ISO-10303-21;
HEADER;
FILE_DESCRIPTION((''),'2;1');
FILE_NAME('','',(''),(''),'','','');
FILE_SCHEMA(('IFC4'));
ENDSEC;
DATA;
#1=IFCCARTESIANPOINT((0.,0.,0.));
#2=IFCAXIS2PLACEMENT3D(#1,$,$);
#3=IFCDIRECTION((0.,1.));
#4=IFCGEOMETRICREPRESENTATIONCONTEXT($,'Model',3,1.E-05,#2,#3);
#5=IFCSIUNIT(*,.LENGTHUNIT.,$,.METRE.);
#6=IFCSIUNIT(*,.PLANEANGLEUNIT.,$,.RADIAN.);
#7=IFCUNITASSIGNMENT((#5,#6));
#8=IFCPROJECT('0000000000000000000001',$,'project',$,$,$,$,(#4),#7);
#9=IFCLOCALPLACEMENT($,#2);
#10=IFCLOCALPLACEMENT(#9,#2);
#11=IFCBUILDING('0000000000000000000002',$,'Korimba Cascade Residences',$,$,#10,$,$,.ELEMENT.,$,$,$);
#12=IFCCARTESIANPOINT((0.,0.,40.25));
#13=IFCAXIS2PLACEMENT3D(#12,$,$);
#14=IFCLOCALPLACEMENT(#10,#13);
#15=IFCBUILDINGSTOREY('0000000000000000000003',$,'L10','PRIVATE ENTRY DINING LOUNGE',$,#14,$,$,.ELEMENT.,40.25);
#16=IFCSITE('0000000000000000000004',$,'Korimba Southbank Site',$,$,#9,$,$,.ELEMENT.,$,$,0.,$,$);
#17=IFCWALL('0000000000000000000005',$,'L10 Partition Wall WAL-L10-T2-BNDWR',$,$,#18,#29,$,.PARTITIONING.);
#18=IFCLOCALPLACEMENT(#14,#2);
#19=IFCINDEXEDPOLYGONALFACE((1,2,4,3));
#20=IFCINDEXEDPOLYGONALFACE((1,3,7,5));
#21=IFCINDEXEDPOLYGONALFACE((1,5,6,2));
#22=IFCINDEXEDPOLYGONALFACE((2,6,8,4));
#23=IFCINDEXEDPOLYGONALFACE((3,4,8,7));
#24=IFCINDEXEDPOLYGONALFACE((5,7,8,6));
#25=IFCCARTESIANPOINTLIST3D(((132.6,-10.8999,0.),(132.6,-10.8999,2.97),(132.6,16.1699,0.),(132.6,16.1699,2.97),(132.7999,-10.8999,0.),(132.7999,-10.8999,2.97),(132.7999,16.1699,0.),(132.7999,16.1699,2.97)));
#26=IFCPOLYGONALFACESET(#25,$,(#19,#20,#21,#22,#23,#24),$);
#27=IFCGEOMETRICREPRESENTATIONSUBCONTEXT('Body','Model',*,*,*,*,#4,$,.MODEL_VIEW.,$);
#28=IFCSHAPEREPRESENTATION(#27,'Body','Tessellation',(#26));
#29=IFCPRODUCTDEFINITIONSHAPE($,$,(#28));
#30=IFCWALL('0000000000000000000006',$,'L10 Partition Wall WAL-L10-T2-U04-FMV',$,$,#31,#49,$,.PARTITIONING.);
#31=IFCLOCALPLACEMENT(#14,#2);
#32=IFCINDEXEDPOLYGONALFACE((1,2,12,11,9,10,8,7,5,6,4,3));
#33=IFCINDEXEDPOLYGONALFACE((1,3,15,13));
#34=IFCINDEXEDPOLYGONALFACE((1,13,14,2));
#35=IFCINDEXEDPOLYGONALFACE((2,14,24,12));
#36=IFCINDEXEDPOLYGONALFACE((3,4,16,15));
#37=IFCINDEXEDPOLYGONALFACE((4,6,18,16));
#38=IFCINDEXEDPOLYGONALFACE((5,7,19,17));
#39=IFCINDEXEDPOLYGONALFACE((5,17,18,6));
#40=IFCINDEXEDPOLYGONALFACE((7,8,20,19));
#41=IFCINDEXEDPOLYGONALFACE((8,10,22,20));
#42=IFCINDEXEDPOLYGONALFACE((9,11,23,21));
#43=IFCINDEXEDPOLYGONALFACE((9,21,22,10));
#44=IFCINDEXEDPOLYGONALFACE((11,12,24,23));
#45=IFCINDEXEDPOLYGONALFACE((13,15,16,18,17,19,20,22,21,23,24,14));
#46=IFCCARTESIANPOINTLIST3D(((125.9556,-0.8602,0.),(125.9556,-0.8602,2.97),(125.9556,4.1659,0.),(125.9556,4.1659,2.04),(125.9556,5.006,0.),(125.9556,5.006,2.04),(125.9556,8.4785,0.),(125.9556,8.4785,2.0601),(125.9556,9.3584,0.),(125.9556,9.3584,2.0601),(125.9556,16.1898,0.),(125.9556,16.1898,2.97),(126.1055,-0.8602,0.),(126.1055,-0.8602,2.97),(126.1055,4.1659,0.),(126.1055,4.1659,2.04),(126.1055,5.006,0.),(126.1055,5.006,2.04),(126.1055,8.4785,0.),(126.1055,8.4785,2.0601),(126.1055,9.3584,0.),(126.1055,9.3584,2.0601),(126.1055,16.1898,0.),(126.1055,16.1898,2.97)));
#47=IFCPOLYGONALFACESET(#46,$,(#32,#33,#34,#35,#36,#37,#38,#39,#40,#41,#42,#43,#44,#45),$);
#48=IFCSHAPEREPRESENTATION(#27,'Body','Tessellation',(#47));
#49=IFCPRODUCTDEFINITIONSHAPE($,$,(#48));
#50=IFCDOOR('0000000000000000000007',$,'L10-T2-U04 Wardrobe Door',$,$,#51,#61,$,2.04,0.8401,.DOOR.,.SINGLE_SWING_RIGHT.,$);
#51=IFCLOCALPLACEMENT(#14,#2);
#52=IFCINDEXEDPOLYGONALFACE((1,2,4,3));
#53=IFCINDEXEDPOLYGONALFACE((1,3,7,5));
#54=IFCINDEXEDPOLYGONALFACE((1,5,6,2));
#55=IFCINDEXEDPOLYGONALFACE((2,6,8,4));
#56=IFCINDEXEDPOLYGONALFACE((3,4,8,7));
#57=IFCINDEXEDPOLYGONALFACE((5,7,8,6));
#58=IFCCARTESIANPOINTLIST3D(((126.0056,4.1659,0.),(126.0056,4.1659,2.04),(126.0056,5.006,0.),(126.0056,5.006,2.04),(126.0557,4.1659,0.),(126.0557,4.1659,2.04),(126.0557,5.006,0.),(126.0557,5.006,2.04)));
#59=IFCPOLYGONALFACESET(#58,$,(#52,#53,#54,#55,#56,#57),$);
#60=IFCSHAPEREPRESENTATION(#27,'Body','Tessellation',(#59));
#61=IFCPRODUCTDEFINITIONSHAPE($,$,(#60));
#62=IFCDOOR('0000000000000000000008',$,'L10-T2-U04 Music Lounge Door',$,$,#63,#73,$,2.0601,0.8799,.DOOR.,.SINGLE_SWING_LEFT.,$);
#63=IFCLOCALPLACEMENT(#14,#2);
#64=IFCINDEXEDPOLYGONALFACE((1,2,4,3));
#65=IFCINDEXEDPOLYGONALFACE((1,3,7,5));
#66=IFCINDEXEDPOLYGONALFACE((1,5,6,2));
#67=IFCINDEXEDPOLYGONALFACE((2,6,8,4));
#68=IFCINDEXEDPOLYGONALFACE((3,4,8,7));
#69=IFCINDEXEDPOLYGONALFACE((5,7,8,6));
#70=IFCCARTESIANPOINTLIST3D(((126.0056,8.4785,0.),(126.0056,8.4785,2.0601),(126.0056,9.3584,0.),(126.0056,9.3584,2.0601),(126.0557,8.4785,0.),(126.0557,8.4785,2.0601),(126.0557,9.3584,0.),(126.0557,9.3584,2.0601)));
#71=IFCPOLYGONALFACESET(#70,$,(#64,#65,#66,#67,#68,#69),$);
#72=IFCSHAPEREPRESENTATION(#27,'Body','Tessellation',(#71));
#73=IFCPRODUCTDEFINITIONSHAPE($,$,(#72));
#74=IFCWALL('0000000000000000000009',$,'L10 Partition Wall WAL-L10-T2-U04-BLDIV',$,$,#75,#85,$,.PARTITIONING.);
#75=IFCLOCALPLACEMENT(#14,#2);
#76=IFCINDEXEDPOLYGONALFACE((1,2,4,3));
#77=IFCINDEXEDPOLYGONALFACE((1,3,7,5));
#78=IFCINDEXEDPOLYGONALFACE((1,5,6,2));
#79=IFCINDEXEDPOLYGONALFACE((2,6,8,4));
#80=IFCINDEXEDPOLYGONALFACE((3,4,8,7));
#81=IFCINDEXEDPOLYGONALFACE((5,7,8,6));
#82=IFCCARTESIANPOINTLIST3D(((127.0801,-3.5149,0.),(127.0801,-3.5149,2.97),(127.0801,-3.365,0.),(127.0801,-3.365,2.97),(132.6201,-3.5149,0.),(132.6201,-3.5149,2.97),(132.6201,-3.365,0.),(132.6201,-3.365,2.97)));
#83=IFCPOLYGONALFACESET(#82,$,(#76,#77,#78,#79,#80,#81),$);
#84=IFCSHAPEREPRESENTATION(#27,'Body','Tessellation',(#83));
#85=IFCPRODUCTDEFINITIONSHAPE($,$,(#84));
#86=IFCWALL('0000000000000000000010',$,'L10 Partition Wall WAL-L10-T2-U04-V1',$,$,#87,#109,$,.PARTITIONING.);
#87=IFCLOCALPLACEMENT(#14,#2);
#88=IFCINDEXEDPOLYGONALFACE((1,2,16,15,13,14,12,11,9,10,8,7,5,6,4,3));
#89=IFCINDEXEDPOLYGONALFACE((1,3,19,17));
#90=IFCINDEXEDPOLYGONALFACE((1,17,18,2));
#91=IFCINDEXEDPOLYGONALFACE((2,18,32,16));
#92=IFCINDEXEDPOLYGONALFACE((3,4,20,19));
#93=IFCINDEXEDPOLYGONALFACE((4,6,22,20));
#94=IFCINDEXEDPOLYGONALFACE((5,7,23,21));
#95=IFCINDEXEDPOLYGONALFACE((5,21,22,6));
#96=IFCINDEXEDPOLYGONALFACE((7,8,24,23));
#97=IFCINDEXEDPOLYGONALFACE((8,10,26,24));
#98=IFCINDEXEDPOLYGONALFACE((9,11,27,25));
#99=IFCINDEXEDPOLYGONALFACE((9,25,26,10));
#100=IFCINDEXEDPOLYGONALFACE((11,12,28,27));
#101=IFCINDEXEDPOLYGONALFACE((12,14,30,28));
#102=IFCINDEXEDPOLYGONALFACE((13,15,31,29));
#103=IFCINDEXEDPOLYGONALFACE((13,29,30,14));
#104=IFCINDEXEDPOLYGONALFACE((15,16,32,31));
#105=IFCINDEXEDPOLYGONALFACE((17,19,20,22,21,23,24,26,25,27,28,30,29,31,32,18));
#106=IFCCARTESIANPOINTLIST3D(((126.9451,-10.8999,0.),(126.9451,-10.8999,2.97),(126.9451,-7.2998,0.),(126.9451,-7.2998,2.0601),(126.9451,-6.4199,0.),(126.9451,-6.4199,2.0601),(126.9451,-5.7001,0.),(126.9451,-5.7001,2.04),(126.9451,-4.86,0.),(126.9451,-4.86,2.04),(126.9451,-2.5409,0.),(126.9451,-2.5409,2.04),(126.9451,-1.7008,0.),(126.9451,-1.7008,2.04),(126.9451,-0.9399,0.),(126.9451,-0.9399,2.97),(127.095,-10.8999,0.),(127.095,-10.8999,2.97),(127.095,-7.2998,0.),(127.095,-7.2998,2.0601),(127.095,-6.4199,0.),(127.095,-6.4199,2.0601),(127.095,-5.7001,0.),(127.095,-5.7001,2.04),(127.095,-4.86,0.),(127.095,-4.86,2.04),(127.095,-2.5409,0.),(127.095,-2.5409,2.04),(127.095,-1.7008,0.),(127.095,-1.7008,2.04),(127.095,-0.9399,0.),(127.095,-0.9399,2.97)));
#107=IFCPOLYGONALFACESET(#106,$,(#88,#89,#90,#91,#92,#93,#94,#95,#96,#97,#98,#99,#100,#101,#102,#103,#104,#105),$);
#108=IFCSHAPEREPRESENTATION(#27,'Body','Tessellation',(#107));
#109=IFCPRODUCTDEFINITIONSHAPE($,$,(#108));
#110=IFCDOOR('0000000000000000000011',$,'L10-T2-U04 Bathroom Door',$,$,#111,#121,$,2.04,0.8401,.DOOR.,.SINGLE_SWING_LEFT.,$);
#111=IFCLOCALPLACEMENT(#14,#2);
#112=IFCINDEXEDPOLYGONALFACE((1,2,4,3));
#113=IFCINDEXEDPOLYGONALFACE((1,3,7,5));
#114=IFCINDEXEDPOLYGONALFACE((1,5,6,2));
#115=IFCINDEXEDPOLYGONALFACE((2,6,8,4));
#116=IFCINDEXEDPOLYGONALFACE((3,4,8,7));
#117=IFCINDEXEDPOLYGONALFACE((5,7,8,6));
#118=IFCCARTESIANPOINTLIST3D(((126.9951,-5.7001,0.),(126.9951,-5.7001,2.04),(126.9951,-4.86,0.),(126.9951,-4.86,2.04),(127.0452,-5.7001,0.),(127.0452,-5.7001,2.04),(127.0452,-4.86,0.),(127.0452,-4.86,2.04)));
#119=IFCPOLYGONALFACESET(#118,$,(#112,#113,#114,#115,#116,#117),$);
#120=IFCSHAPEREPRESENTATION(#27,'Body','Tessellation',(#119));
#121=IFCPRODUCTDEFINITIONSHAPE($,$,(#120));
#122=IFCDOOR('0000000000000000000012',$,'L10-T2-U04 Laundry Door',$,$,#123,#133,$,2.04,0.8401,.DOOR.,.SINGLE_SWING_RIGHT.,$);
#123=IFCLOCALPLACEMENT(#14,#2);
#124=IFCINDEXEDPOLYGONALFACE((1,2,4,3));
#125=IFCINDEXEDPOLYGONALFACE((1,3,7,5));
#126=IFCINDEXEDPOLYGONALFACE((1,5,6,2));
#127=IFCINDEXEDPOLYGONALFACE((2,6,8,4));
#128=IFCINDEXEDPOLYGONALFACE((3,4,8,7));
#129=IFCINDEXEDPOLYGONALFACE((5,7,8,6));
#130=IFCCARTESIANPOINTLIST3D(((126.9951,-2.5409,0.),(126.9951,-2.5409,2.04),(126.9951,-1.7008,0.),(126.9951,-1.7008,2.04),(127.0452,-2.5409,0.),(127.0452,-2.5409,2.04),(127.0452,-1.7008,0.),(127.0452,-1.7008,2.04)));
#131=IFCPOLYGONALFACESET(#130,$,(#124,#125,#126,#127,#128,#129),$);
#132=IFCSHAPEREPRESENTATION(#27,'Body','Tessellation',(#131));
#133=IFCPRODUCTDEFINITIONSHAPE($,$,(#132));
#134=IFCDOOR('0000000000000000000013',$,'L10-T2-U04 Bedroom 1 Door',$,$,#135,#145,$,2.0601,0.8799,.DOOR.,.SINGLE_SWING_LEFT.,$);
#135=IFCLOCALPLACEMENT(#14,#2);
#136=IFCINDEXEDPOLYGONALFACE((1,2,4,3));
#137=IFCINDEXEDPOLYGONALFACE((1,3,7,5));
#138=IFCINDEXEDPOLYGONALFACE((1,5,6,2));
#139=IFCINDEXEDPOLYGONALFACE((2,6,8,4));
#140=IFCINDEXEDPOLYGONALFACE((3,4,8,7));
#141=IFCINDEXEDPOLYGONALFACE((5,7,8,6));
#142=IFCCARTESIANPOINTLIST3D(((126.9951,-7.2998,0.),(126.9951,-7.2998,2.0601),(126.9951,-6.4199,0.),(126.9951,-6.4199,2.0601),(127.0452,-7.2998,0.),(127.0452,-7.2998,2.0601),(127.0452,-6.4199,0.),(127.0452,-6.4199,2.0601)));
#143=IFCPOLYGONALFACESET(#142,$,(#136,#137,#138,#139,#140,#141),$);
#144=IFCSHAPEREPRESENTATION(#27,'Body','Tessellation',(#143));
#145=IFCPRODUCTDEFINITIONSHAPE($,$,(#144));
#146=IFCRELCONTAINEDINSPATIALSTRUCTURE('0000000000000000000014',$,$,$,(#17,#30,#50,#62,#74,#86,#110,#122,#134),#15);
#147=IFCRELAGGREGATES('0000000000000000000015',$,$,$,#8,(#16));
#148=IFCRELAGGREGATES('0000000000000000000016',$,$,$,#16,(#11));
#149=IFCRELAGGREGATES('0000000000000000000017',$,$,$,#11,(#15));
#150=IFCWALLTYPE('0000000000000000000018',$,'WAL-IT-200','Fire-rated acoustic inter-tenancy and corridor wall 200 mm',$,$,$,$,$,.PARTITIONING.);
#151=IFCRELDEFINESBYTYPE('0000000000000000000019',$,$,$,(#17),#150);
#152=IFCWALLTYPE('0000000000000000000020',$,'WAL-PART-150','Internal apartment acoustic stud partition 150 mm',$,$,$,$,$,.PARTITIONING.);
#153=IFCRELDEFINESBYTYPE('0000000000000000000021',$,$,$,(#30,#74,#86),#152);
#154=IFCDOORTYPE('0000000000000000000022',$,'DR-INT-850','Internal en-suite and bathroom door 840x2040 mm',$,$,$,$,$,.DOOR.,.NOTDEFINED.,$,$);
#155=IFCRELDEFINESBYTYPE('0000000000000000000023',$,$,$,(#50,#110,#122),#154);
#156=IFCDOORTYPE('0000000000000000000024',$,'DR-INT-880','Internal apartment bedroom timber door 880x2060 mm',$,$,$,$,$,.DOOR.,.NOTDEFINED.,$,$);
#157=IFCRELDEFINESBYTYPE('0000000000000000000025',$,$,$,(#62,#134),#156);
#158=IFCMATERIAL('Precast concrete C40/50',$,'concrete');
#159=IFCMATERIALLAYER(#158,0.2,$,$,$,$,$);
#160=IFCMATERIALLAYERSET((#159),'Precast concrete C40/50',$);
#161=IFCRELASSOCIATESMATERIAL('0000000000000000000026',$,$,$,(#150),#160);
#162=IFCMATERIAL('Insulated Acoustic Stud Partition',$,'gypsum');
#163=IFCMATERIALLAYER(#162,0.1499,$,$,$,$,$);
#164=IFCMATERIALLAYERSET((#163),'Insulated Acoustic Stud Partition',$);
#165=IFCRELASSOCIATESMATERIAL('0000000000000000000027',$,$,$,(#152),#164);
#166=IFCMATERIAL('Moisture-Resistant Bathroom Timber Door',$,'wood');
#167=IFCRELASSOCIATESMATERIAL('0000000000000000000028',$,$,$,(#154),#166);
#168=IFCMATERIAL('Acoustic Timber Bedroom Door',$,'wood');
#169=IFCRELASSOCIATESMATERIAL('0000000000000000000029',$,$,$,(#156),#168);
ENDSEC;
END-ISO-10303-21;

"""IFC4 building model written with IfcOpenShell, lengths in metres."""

from ifc_helpers import new_model, si_unit, direction, frame, frame_2d, origin, place, context, subcontext, project, spatial, rectangle, extrude, material, layer, layer_set, type_object, element, fill, save


model = new_model("IFC4")

# Units and contexts
model_context = context("Model", 3, precision=1e-05, world=origin(), true_north=direction((0.0, 1.0)))
body_context = subcontext(model_context, "Body", "Model", "MODEL_VIEW")
ifc_project = project(units=[si_unit("LENGTHUNIT", "METRE"), si_unit("PLANEANGLEUNIT", "RADIAN")], contexts=[model_context])

# Site, building, storey
site_placement = place(None, origin())
site = spatial("IfcSite", under=ifc_project, at=site_placement, Name="Korimba Southbank Site", CompositionType="ELEMENT", RefElevation=0.0)
building_placement = place(site_placement, origin())
building = spatial("IfcBuilding", under=site, at=building_placement, Name="Korimba Cascade Residences", CompositionType="ELEMENT")
storey_placement = place(building_placement, frame((0.0, 0.0, 40.25)))
storey = spatial("IfcBuildingStorey", under=building, at=storey_placement, Name="L10", Description="PRIVATE ENTRY DINING LOUNGE", CompositionType="ELEMENT", Elevation=40.25)

# Shared definitions
ifc_material_1 = material(Name="Precast concrete C40/50", Category="concrete")

# Wall
ifc_layer_1 = layer(ifc_material_1, 0.2)
ifc_layer_set_1 = layer_set([ifc_layer_1], Name="Precast concrete C40/50")
wall_type_1 = type_object("IfcWallType", Name="WAL-IT-200", Description="Fire-rated acoustic inter-tenancy and corridor wall 200 mm", PredefinedType="PARTITIONING", material=ifc_layer_set_1)
wall_1_placement = place(storey_placement, frame((132.7, -10.8999, 0.0), z_axis=(0.0, 0.0, 1.0), x_axis=(0.0, 1.0, 0.0)))
element("IfcWall", 1, at=wall_1_placement, inside=storey, type_object=wall_type_1, Name="L10 Partition Wall WAL-L10-T2-BNDWR", PredefinedType="PARTITIONING", context=body_context, shape_type="SweptSolid", body=[
    extrude(rectangle(XDim=27.0698, YDim=0.2, at=frame_2d((13.5349, 0.0))), origin(), (0.0, 0.0, 1.0), 2.97),
])

# Wall, openings, doors
ifc_material_2 = material(Name="Insulated Acoustic Stud Partition", Category="gypsum")
ifc_layer_2 = layer(ifc_material_2, 0.1499)
ifc_layer_set_2 = layer_set([ifc_layer_2], Name="Insulated Acoustic Stud Partition")
wall_type_2 = type_object("IfcWallType", Name="WAL-PART-150", Description="Internal apartment acoustic stud partition 150 mm", PredefinedType="PARTITIONING", material=ifc_layer_set_2)
wall_2_placement = place(storey_placement, frame((126.0305, -0.8601, 0.0), z_axis=(0.0, 0.0, 1.0), x_axis=(0.0, 1.0, 0.0)))
wall_2 = element("IfcWall", 2, at=wall_2_placement, inside=storey, type_object=wall_type_2, Name="L10 Partition Wall WAL-L10-T2-U04-FMV", PredefinedType="PARTITIONING", context=body_context, shape_type="SweptSolid", body=[
    extrude(rectangle(XDim=17.05, YDim=0.1499, at=frame_2d((8.5249, 0.0))), origin(), (0.0, 0.0, 1.0), 2.97),
])
opening_1_placement = place(wall_2_placement, frame((5.0261, 0.0, 0.0)))
opening_1 = element("IfcOpeningElement", 3, at=opening_1_placement, cuts=wall_2, PredefinedType="OPENING", context=body_context, shape_type="SweptSolid", body=[
    extrude(rectangle(XDim=0.8401, YDim=2.04, at=frame_2d((0.4199, 1.02))), frame((0.0, 0.085, 0.0), z_axis=(0.0, -1.0, 0.0), x_axis=(1.0, 0.0, 0.0)), (0.0, 0.0, 1.0), 0.1699),
])
opening_2_placement = place(wall_2_placement, frame((9.3386, 0.0, 0.0)))
opening_2 = element("IfcOpeningElement", 4, at=opening_2_placement, cuts=wall_2, PredefinedType="OPENING", context=body_context, shape_type="SweptSolid", body=[
    extrude(rectangle(XDim=0.8799, YDim=2.0601, at=frame_2d((0.4399, 1.03))), frame((0.0, 0.085, 0.0), z_axis=(0.0, -1.0, 0.0), x_axis=(1.0, 0.0, 0.0)), (0.0, 0.0, 1.0), 0.1699),
])
ifc_material_3 = material(Name="Moisture-Resistant Bathroom Timber Door", Category="wood")
door_type_1 = type_object("IfcDoorType", Name="DR-INT-850", Description="Internal en-suite and bathroom door 840x2040 mm", OperationType="NOTDEFINED", PredefinedType="DOOR", material=ifc_material_3)
door_1_placement = place(opening_1_placement, origin())
door_1 = element("IfcDoor", 5, at=door_1_placement, inside=storey, type_object=door_type_1, Name="L10-T2-U04 Wardrobe Door", OperationType="SINGLE_SWING_RIGHT", OverallHeight=2.04, OverallWidth=0.8401, PredefinedType="DOOR", context=body_context, shape_type="SweptSolid", body=[
    extrude(rectangle(XDim=0.8401, YDim=2.04, at=frame_2d((0.4199, 1.02))), frame((0.0, 0.0249, 0.0), z_axis=(0.0, -1.0, 0.0), x_axis=(1.0, 0.0, 0.0)), (0.0, 0.0, 1.0), 0.05),
])
fill(opening_1, door_1)
ifc_material_4 = material(Name="Acoustic Timber Bedroom Door", Category="wood")
door_type_2 = type_object("IfcDoorType", Name="DR-INT-880", Description="Internal apartment bedroom timber door 880x2060 mm", OperationType="NOTDEFINED", PredefinedType="DOOR", material=ifc_material_4)
door_2_placement = place(opening_2_placement, origin())
door_2 = element("IfcDoor", 6, at=door_2_placement, inside=storey, type_object=door_type_2, Name="L10-T2-U04 Music Lounge Door", OperationType="SINGLE_SWING_LEFT", OverallHeight=2.0601, OverallWidth=0.8799, PredefinedType="DOOR", context=body_context, shape_type="SweptSolid", body=[
    extrude(rectangle(XDim=0.8799, YDim=2.0601, at=frame_2d((0.4399, 1.03))), frame((0.0, 0.0249, 0.0), z_axis=(0.0, -1.0, 0.0), x_axis=(1.0, 0.0, 0.0)), (0.0, 0.0, 1.0), 0.05),
])
fill(opening_2, door_2)

# Wall
wall_3_placement = place(storey_placement, frame((127.0801, -3.4399, 0.0), z_axis=(0.0, 0.0, 1.0), x_axis=(1.0, 0.0, 0.0)))
element("IfcWall", 7, at=wall_3_placement, inside=storey, type_object=wall_type_2, Name="L10 Partition Wall WAL-L10-T2-U04-BLDIV", PredefinedType="PARTITIONING", context=body_context, shape_type="SweptSolid", body=[
    extrude(rectangle(XDim=5.54, YDim=0.1499, at=frame_2d((2.77, 0.0))), origin(), (0.0, 0.0, 1.0), 2.97),
])

# Wall, openings, doors
wall_4_placement = place(storey_placement, frame((127.02, -10.8999, 0.0), z_axis=(0.0, 0.0, 1.0), x_axis=(0.0, 1.0, 0.0)))
wall_4 = element("IfcWall", 8, at=wall_4_placement, inside=storey, type_object=wall_type_2, Name="L10 Partition Wall WAL-L10-T2-U04-V1", PredefinedType="PARTITIONING", context=body_context, shape_type="SweptSolid", body=[
    extrude(rectangle(XDim=9.96, YDim=0.1499, at=frame_2d((4.98, 0.0))), origin(), (0.0, 0.0, 1.0), 2.97),
])
opening_3_placement = place(wall_4_placement, frame((5.2, 0.0, 0.0)))
opening_3 = element("IfcOpeningElement", 9, at=opening_3_placement, cuts=wall_4, PredefinedType="OPENING", context=body_context, shape_type="SweptSolid", body=[
    extrude(rectangle(XDim=0.8401, YDim=2.04, at=frame_2d((0.4199, 1.02))), frame((0.0, 0.085, 0.0), z_axis=(0.0, -1.0, 0.0), x_axis=(1.0, 0.0, 0.0)), (0.0, 0.0, 1.0), 0.1699),
])
opening_4_placement = place(wall_4_placement, frame((8.3591, 0.0, 0.0)))
opening_4 = element("IfcOpeningElement", 10, at=opening_4_placement, cuts=wall_4, PredefinedType="OPENING", context=body_context, shape_type="SweptSolid", body=[
    extrude(rectangle(XDim=0.8401, YDim=2.04, at=frame_2d((0.4199, 1.02))), frame((0.0, 0.085, 0.0), z_axis=(0.0, -1.0, 0.0), x_axis=(1.0, 0.0, 0.0)), (0.0, 0.0, 1.0), 0.1699),
])
opening_5_placement = place(wall_4_placement, frame((3.6001, 0.0, 0.0)))
opening_5 = element("IfcOpeningElement", 11, at=opening_5_placement, cuts=wall_4, PredefinedType="OPENING", context=body_context, shape_type="SweptSolid", body=[
    extrude(rectangle(XDim=0.8799, YDim=2.0601, at=frame_2d((0.4399, 1.03))), frame((0.0, 0.085, 0.0), z_axis=(0.0, -1.0, 0.0), x_axis=(1.0, 0.0, 0.0)), (0.0, 0.0, 1.0), 0.1699),
])
door_3_placement = place(opening_3_placement, origin())
door_3 = element("IfcDoor", 12, at=door_3_placement, inside=storey, type_object=door_type_1, Name="L10-T2-U04 Bathroom Door", OperationType="SINGLE_SWING_LEFT", OverallHeight=2.04, OverallWidth=0.8401, PredefinedType="DOOR", context=body_context, shape_type="SweptSolid", body=[
    extrude(rectangle(XDim=0.8401, YDim=2.04, at=frame_2d((0.4199, 1.02))), frame((0.0, 0.0249, 0.0), z_axis=(0.0, -1.0, 0.0), x_axis=(1.0, 0.0, 0.0)), (0.0, 0.0, 1.0), 0.05),
])
fill(opening_3, door_3)
door_4_placement = place(opening_4_placement, origin())
door_4 = element("IfcDoor", 13, at=door_4_placement, inside=storey, type_object=door_type_1, Name="L10-T2-U04 Laundry Door", OperationType="SINGLE_SWING_RIGHT", OverallHeight=2.04, OverallWidth=0.8401, PredefinedType="DOOR", context=body_context, shape_type="SweptSolid", body=[
    extrude(rectangle(XDim=0.8401, YDim=2.04, at=frame_2d((0.4199, 1.02))), frame((0.0, 0.0249, 0.0), z_axis=(0.0, -1.0, 0.0), x_axis=(1.0, 0.0, 0.0)), (0.0, 0.0, 1.0), 0.05),
])
fill(opening_4, door_4)
door_5_placement = place(opening_5_placement, origin())
door_5 = element("IfcDoor", 14, at=door_5_placement, inside=storey, type_object=door_type_2, Name="L10-T2-U04 Bedroom 1 Door", OperationType="SINGLE_SWING_LEFT", OverallHeight=2.0601, OverallWidth=0.8799, PredefinedType="DOOR", context=body_context, shape_type="SweptSolid", body=[
    extrude(rectangle(XDim=0.8799, YDim=2.0601, at=frame_2d((0.4399, 1.03))), frame((0.0, 0.0249, 0.0), z_axis=(0.0, -1.0, 0.0), x_axis=(1.0, 0.0, 0.0)), (0.0, 0.0, 1.0), 0.05),
])
fill(opening_5, door_5)

save(model, "model.ifc")
